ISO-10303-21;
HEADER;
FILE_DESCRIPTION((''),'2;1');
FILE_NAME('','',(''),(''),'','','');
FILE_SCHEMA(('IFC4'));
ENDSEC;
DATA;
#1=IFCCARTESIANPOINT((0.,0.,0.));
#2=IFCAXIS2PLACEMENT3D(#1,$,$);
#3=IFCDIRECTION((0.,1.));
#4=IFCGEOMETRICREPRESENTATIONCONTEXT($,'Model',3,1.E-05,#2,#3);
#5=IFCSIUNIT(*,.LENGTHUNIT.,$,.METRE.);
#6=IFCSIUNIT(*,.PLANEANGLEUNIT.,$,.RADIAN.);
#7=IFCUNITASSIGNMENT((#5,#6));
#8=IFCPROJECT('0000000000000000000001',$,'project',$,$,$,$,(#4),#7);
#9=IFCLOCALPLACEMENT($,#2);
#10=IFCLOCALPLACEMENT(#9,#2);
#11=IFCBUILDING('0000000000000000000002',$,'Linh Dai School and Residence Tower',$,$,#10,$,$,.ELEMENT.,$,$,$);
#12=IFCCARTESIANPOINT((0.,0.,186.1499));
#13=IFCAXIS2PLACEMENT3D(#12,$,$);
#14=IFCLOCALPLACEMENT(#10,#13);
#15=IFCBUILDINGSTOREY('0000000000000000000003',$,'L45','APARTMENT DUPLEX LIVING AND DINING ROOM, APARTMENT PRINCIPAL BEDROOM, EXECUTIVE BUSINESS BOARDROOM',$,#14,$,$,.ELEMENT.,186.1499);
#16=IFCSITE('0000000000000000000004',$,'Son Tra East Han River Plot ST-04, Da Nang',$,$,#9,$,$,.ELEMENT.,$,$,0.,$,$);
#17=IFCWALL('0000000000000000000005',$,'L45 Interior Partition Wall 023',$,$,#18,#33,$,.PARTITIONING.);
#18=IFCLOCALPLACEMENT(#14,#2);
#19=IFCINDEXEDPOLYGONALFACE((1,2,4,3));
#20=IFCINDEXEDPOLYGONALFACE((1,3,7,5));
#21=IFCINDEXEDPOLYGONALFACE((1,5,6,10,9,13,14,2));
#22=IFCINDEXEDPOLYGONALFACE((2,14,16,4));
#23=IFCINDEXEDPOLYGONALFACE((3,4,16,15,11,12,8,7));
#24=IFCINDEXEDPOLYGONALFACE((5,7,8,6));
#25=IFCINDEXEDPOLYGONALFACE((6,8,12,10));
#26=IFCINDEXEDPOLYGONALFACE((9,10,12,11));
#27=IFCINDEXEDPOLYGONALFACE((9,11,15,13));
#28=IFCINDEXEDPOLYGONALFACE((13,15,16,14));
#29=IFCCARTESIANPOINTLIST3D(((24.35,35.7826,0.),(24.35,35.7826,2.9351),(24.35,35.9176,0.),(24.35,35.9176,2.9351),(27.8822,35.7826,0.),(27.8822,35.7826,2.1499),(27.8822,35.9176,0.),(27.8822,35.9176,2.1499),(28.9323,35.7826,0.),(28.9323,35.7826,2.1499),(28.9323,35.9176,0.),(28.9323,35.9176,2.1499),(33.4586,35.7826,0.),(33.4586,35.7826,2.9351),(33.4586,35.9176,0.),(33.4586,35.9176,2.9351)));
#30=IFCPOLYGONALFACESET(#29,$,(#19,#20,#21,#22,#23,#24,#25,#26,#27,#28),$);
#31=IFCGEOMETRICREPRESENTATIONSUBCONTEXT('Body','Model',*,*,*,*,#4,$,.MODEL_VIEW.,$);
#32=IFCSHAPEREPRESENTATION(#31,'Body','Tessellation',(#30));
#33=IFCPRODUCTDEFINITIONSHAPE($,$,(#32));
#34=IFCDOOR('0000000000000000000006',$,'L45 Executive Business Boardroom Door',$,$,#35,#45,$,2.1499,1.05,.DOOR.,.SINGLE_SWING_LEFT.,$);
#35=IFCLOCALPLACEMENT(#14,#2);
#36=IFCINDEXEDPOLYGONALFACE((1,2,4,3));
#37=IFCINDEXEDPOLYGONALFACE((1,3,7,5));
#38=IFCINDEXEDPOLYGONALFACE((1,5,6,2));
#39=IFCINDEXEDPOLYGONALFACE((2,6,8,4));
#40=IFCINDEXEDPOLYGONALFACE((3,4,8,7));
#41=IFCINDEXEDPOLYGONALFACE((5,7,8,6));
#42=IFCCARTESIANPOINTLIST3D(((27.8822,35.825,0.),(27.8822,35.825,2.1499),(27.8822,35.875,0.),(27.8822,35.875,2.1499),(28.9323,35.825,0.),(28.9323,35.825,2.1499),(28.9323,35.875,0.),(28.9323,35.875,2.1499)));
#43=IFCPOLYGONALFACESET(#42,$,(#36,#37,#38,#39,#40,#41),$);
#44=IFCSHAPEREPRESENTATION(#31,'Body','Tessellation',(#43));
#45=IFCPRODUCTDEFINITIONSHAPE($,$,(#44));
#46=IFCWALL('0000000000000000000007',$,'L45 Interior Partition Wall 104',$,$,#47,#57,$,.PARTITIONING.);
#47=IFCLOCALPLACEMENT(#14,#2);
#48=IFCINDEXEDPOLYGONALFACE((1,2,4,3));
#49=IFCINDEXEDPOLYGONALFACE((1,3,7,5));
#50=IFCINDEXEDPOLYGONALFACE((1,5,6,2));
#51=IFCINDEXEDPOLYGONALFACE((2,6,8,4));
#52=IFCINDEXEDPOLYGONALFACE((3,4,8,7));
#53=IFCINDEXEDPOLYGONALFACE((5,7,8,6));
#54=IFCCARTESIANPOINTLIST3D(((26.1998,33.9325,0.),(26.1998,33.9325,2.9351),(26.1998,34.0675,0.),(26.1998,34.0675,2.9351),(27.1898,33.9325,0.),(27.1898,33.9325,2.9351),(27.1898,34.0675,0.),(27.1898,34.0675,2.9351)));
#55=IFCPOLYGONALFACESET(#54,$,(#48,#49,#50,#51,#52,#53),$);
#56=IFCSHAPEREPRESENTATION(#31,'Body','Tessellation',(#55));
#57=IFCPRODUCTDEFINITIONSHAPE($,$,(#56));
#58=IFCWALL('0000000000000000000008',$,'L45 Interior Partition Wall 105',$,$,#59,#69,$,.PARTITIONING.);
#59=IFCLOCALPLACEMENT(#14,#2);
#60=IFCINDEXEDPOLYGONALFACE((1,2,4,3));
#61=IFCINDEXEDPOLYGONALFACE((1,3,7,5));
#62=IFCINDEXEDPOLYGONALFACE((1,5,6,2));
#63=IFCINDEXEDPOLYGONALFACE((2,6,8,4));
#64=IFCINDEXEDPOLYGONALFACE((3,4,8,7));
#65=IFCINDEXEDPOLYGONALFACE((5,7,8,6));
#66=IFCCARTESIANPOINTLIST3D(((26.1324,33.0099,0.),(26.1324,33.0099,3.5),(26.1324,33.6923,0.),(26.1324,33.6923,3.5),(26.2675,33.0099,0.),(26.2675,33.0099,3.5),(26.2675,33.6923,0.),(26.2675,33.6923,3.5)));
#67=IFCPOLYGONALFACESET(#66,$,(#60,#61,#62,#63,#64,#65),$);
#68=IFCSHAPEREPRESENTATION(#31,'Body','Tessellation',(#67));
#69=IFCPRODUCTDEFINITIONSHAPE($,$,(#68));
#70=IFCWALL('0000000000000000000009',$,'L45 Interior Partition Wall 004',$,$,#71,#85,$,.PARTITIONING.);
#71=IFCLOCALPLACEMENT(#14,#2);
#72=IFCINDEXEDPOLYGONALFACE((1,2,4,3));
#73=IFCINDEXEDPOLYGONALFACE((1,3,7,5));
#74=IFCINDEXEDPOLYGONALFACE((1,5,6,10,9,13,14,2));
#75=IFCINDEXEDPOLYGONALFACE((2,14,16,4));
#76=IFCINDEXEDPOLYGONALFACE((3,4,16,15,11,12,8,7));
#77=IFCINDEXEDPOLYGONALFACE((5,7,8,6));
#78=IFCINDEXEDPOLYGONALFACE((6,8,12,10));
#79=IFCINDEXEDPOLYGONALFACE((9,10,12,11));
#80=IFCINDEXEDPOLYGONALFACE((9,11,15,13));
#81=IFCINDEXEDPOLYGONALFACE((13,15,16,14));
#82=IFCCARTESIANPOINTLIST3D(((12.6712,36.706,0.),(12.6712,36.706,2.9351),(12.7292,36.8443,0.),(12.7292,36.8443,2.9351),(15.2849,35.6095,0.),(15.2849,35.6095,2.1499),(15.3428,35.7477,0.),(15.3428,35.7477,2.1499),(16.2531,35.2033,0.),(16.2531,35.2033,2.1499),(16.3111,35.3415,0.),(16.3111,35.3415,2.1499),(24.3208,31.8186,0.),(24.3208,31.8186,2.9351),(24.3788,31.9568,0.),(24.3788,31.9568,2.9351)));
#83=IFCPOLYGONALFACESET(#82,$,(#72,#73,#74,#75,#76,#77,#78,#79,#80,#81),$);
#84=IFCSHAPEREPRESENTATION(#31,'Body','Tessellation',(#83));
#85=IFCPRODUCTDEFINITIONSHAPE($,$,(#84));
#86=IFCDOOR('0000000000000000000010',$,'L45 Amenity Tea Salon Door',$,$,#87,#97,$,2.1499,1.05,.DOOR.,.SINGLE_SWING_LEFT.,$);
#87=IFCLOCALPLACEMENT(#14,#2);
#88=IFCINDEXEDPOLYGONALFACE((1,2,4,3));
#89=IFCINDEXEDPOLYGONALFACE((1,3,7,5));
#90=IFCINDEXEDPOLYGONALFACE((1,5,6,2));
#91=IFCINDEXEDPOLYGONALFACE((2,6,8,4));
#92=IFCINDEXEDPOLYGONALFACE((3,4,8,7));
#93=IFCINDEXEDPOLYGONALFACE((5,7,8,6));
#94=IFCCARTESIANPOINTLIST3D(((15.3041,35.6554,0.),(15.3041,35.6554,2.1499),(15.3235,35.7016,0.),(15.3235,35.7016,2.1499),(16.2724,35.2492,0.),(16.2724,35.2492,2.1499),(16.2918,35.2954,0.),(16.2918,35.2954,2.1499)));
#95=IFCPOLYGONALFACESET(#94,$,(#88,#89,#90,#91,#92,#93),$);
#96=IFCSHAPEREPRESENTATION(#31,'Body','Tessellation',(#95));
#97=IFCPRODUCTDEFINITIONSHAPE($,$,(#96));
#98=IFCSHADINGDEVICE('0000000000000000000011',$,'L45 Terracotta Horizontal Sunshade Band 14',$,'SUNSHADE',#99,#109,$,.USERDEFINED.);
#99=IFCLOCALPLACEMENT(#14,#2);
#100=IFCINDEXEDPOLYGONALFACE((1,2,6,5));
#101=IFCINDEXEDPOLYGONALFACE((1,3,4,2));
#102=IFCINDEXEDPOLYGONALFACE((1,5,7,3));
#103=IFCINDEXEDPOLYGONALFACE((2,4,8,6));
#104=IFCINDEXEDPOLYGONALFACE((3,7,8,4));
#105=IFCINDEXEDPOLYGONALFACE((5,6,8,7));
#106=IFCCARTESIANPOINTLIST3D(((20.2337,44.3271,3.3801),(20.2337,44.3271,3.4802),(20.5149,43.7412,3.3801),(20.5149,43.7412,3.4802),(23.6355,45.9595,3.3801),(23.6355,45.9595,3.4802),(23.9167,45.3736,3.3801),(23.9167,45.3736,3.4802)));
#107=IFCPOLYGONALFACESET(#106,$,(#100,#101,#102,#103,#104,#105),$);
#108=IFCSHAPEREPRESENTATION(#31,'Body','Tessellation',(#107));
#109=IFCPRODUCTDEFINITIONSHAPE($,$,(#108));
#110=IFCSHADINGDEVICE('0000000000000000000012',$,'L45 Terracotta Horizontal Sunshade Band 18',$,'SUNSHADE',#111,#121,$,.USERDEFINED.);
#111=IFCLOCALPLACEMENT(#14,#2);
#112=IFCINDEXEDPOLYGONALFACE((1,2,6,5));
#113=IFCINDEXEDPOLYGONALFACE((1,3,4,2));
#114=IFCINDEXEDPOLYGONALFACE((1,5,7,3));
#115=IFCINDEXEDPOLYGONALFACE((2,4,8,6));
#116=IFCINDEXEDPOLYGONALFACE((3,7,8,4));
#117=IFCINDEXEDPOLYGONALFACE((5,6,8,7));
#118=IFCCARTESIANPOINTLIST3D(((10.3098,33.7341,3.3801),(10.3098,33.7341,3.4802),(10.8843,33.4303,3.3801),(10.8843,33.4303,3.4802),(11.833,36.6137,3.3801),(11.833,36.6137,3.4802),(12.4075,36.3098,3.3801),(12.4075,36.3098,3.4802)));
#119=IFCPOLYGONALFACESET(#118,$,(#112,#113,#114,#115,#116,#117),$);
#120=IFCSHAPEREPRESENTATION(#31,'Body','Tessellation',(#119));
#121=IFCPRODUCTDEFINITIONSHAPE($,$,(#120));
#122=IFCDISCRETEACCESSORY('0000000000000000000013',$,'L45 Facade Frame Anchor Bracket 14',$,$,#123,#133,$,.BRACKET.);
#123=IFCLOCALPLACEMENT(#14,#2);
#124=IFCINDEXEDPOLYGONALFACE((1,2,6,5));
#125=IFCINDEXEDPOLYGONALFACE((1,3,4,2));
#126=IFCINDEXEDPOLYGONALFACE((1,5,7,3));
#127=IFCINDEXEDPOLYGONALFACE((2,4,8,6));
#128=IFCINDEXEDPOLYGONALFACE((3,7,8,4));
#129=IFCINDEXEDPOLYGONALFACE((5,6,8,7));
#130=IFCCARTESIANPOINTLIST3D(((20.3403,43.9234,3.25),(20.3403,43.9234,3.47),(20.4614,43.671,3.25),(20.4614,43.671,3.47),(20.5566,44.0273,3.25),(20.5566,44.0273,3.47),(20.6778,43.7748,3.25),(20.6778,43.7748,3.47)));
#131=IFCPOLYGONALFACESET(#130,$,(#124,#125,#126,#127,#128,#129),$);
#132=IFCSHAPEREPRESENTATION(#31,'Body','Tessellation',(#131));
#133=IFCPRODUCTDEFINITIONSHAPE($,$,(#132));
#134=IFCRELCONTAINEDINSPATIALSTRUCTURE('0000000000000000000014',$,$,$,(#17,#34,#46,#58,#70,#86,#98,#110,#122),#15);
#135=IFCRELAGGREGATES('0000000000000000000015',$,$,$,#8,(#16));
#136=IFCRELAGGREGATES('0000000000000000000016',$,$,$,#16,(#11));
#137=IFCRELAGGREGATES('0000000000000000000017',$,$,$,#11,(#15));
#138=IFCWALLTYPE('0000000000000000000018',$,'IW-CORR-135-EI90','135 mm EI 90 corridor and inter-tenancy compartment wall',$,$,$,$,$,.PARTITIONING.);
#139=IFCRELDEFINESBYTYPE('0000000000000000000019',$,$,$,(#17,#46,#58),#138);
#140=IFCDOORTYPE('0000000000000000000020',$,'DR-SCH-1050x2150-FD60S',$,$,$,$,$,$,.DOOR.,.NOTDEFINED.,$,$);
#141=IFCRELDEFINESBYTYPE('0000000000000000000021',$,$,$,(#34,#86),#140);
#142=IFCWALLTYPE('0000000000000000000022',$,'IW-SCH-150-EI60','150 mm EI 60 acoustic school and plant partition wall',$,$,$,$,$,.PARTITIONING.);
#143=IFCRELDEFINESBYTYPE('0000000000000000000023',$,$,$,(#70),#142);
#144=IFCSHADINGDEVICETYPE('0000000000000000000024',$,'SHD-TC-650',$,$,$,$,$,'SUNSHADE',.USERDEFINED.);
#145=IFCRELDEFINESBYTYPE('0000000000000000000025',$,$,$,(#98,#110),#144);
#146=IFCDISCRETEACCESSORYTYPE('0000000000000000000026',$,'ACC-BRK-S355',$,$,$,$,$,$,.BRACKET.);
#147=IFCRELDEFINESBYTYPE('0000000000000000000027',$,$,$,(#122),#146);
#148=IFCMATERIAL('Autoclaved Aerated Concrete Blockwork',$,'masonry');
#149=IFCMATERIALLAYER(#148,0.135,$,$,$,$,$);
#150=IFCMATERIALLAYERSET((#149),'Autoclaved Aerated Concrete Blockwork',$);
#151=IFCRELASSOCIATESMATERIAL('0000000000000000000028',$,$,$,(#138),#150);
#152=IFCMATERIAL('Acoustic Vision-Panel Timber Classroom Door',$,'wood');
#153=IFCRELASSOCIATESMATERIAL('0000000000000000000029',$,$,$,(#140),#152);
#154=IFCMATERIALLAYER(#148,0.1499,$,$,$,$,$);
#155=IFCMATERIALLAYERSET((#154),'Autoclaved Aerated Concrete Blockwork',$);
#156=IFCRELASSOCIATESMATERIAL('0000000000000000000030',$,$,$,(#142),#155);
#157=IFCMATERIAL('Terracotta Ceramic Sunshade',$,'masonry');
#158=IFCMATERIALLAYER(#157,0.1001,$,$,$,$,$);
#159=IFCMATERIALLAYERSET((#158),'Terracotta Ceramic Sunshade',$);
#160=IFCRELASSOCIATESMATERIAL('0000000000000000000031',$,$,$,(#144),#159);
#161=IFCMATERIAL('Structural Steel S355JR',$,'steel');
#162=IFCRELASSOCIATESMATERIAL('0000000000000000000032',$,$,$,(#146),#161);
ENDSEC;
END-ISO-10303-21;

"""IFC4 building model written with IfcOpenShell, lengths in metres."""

from ifc_helpers import new_model, si_unit, direction, frame, frame_2d, origin, origin_2d, place, context, subcontext, project, spatial, rectangle, extrude, source, transform, mapped, material, layer, layer_set, type_object, element, fill, save


model = new_model("IFC4")

# Units and contexts
model_context = context("Model", 3, precision=1e-05, world=origin(), true_north=direction((0.0, 1.0)))
body_context = subcontext(model_context, "Body", "Model", "MODEL_VIEW")
ifc_project = project(units=[si_unit("LENGTHUNIT", "METRE"), si_unit("PLANEANGLEUNIT", "RADIAN")], contexts=[model_context])

# Site, building, storey
site_placement = place(None, origin())
site = spatial("IfcSite", under=ifc_project, at=site_placement, Name="Son Tra East Han River Plot ST-04, Da Nang", CompositionType="ELEMENT", RefElevation=0.0)
building_placement = place(site_placement, origin())
building = spatial("IfcBuilding", under=site, at=building_placement, Name="Linh Dai School and Residence Tower", CompositionType="ELEMENT")
storey_placement = place(building_placement, frame((0.0, 0.0, 186.1499)))
storey = spatial("IfcBuildingStorey", under=building, at=storey_placement, Name="L45", Description="APARTMENT DUPLEX LIVING AND DINING ROOM, APARTMENT PRINCIPAL BEDROOM, EXECUTIVE BUSINESS BOARDROOM", CompositionType="ELEMENT", Elevation=186.1499)

# Shared definitions
ifc_material_1 = material(Name="Structural Steel S355JR", Category="steel")

# Wall, opening, door
ifc_material_2 = material(Name="Autoclaved Aerated Concrete Blockwork", Category="masonry")
ifc_layer_1 = layer(ifc_material_2, 0.135)
ifc_layer_set_1 = layer_set([ifc_layer_1], Name="Autoclaved Aerated Concrete Blockwork")
wall_type_1 = type_object("IfcWallType", Name="IW-CORR-135-EI90", Description="135 mm EI 90 corridor and inter-tenancy compartment wall", PredefinedType="PARTITIONING", material=ifc_layer_set_1)
wall_1_placement = place(storey_placement, frame((24.3501, 35.8501, 0.0), z_axis=(0.0, 0.0, 1.0), x_axis=(1.0, 0.0, 0.0)))
wall_1 = element("IfcWall", 1, at=wall_1_placement, inside=storey, type_object=wall_type_1, Name="L45 Interior Partition Wall 023", PredefinedType="PARTITIONING", context=body_context, shape_type="SweptSolid", body=[
    extrude(rectangle(XDim=9.1086, YDim=0.135, at=frame_2d((4.5542, 0.0))), origin(), (0.0, 0.0, 1.0), 2.9351),
])
opening_1_placement = place(wall_1_placement, frame((3.5322, 0.0, 0.0)))
opening_1 = element("IfcOpeningElement", 2, at=opening_1_placement, cuts=wall_1, PredefinedType="OPENING", context=body_context, shape_type="SweptSolid", body=[
    extrude(rectangle(XDim=1.05, YDim=2.1499, at=origin_2d()), frame((0.5249, 0.0776, 1.075), z_axis=(0.0, -1.0, 0.0), x_axis=(1.0, 0.0, 0.0)), (0.0, 0.0, 1.0), 0.155),
])
ifc_material_3 = material(Name="Acoustic Vision-Panel Timber Classroom Door", Category="wood")
door_type_1 = type_object("IfcDoorType", Name="DR-SCH-1050x2150-FD60S", OperationType="NOTDEFINED", PredefinedType="DOOR", material=ifc_material_3)
shared_shape_1 = source(origin(), body_context, "Body", "SweptSolid", [
    extrude(rectangle(XDim=1.05, YDim=2.1499, at=origin_2d()), frame((0.5249, 0.0249, 1.075), z_axis=(0.0, -1.0, 0.0), x_axis=(1.0, 0.0, 0.0)), (0.0, 0.0, 1.0), 0.05),
])
door_1_placement = place(opening_1_placement, origin())
door_1 = element("IfcDoor", 3, at=door_1_placement, inside=storey, type_object=door_type_1, Name="L45 Executive Business Boardroom Door", OperationType="SINGLE_SWING_LEFT", OverallHeight=2.1499, OverallWidth=1.05, PredefinedType="DOOR", context=body_context, shape_type="MappedRepresentation", body=[
    mapped(shared_shape_1, transform((0.0, 0.0, 0.0), x_axis=(1.0, 0.0, 0.0), y_axis=(0.0, 1.0, 0.0), z_axis=(0.0, 0.0, 1.0), scale=1.0)),
])
fill(opening_1, door_1)

# Walls
wall_2_placement = place(storey_placement, frame((27.1899, 34.0, 0.0), z_axis=(0.0, 0.0, 1.0), x_axis=(-1.0, 0.0, 0.0)))
element("IfcWall", 4, at=wall_2_placement, inside=storey, type_object=wall_type_1, Name="L45 Interior Partition Wall 104", PredefinedType="PARTITIONING", context=body_context, shape_type="SweptSolid", body=[
    extrude(rectangle(XDim=0.99, YDim=0.135, at=frame_2d((0.4951, 0.0))), origin(), (0.0, 0.0, 1.0), 2.9351),
])
wall_3_placement = place(storey_placement, frame((26.2, 33.6924, 0.0), z_axis=(0.0, 0.0, 1.0), x_axis=(0.0, -1.0, 0.0)))
element("IfcWall", 5, at=wall_3_placement, inside=storey, type_object=wall_type_1, Name="L45 Interior Partition Wall 105", PredefinedType="PARTITIONING", context=body_context, shape_type="SweptSolid", body=[
    extrude(rectangle(XDim=0.6824, YDim=0.135, at=frame_2d((0.3413, 0.0))), origin(), (0.0, 0.0, 1.0), 3.5),
])

# Wall, opening, door
ifc_layer_2 = layer(ifc_material_2, 0.1499)
ifc_layer_set_2 = layer_set([ifc_layer_2], Name="Autoclaved Aerated Concrete Blockwork")
wall_type_2 = type_object("IfcWallType", Name="IW-SCH-150-EI60", Description="150 mm EI 60 acoustic school and plant partition wall", PredefinedType="PARTITIONING", material=ifc_layer_set_2)
wall_4_placement = place(storey_placement, frame((12.7002, 36.7751, 0.0), z_axis=(0.0, 0.0, 1.0), x_axis=(0.922135, -0.386869, 0.0)))
wall_4 = element("IfcWall", 6, at=wall_4_placement, inside=storey, type_object=wall_type_2, Name="L45 Interior Partition Wall 004", PredefinedType="PARTITIONING", context=body_context, shape_type="SweptSolid", body=[
    extrude(rectangle(XDim=12.6333, YDim=0.1499, at=frame_2d((6.3167, 0.0))), origin(), (0.0, 0.0, 1.0), 2.9351),
])
opening_2_placement = place(wall_4_placement, frame((2.8345, 0.0, 0.0)))
opening_2 = element("IfcOpeningElement", 7, at=opening_2_placement, cuts=wall_4, PredefinedType="OPENING", context=body_context, shape_type="SweptSolid", body=[
    extrude(rectangle(XDim=1.05, YDim=2.1499, at=origin_2d()), frame((0.5249, 0.085, 1.075), z_axis=(0.0, -1.0, 0.0), x_axis=(1.0, 0.0, 0.0)), (0.0, 0.0, 1.0), 0.1699),
])
door_2_placement = place(opening_2_placement, origin())
door_2 = element("IfcDoor", 8, at=door_2_placement, inside=storey, type_object=door_type_1, Name="L45 Amenity Tea Salon Door", OperationType="SINGLE_SWING_LEFT", OverallHeight=2.1499, OverallWidth=1.05, PredefinedType="DOOR", context=body_context, shape_type="MappedRepresentation", body=[
    mapped(shared_shape_1, transform((0.0, 0.0, 0.0), x_axis=(1.0, 0.0, 0.0), y_axis=(0.0, 1.0, 0.0), z_axis=(0.0, 0.0, 1.0), scale=1.0)),
])
fill(opening_2, door_2)

# Shading devices
ifc_material_4 = material(Name="Terracotta Ceramic Sunshade", Category="masonry")
ifc_layer_3 = layer(ifc_material_4, 0.1001)
ifc_layer_set_3 = layer_set([ifc_layer_3], Name="Terracotta Ceramic Sunshade")
shading_device_type = type_object("IfcShadingDeviceType", Name="SHD-TC-650", ElementType="SUNSHADE", PredefinedType="USERDEFINED", material=ifc_layer_set_3)
shared_shape_2 = source(origin(), body_context, "Body", "SweptSolid", [
    extrude(rectangle(XDim=3.7732, YDim=0.6499, at=origin_2d()), origin(), (0.0, 0.0, 1.0), 0.1001),
])
shading_device_1_placement = place(storey_placement, frame((22.0752, 44.8503, 3.3801), z_axis=(0.0, 0.0, 1.0), x_axis=(0.901569, 0.432635, 0.0)))
element("IfcShadingDevice", 9, at=shading_device_1_placement, inside=storey, type_object=shading_device_type, Name="L45 Terracotta Horizontal Sunshade Band 14", ObjectType="SUNSHADE", PredefinedType="USERDEFINED", context=body_context, shape_type="MappedRepresentation", body=[
    mapped(shared_shape_2, transform((0.0, 0.0, 0.0), x_axis=(1.0, 0.0, 0.0), y_axis=(0.0, 1.0, 0.0), z_axis=(0.0, 0.0, 1.0), scale=1.0)),
])
shared_shape_3 = source(origin(), body_context, "Body", "SweptSolid", [
    extrude(rectangle(XDim=3.2576, YDim=0.6499, at=origin_2d()), origin(), (0.0, 0.0, 1.0), 0.1001),
])
shading_device_2_placement = place(storey_placement, frame((11.3586, 35.022, 3.3801), z_axis=(0.0, 0.0, 1.0), x_axis=(0.46758, 0.883951, 0.0)))
element("IfcShadingDevice", 10, at=shading_device_2_placement, inside=storey, type_object=shading_device_type, Name="L45 Terracotta Horizontal Sunshade Band 18", ObjectType="SUNSHADE", PredefinedType="USERDEFINED", context=body_context, shape_type="MappedRepresentation", body=[
    mapped(shared_shape_3, transform((0.0, 0.0, 0.0), x_axis=(1.0, 0.0, 0.0), y_axis=(0.0, 1.0, 0.0), z_axis=(0.0, 0.0, 1.0), scale=1.0)),
])

# Discrete accessory
discrete_accessory_type = type_object("IfcDiscreteAccessoryType", Name="ACC-BRK-S355", PredefinedType="BRACKET", material=ifc_material_1)
shared_shape_4 = source(origin(), body_context, "Body", "SweptSolid", [
    extrude(rectangle(XDim=0.28, YDim=0.24, at=origin_2d()), origin(), (0.0, 0.0, 1.0), 0.22),
])
discrete_accessory_placement = place(storey_placement, frame((20.509, 43.8491, 3.25), z_axis=(0.0, 0.0, 1.0), x_axis=(-0.432635, 0.901569, 0.0)))
element("IfcDiscreteAccessory", 11, at=discrete_accessory_placement, inside=storey, type_object=discrete_accessory_type, Name="L45 Facade Frame Anchor Bracket 14", PredefinedType="BRACKET", context=body_context, shape_type="MappedRepresentation", body=[
    mapped(shared_shape_4, transform((0.0, 0.0, 0.0), x_axis=(1.0, 0.0, 0.0), y_axis=(0.0, 1.0, 0.0), z_axis=(0.0, 0.0, 1.0), scale=1.0)),
])

save(model, "model.ifc")
